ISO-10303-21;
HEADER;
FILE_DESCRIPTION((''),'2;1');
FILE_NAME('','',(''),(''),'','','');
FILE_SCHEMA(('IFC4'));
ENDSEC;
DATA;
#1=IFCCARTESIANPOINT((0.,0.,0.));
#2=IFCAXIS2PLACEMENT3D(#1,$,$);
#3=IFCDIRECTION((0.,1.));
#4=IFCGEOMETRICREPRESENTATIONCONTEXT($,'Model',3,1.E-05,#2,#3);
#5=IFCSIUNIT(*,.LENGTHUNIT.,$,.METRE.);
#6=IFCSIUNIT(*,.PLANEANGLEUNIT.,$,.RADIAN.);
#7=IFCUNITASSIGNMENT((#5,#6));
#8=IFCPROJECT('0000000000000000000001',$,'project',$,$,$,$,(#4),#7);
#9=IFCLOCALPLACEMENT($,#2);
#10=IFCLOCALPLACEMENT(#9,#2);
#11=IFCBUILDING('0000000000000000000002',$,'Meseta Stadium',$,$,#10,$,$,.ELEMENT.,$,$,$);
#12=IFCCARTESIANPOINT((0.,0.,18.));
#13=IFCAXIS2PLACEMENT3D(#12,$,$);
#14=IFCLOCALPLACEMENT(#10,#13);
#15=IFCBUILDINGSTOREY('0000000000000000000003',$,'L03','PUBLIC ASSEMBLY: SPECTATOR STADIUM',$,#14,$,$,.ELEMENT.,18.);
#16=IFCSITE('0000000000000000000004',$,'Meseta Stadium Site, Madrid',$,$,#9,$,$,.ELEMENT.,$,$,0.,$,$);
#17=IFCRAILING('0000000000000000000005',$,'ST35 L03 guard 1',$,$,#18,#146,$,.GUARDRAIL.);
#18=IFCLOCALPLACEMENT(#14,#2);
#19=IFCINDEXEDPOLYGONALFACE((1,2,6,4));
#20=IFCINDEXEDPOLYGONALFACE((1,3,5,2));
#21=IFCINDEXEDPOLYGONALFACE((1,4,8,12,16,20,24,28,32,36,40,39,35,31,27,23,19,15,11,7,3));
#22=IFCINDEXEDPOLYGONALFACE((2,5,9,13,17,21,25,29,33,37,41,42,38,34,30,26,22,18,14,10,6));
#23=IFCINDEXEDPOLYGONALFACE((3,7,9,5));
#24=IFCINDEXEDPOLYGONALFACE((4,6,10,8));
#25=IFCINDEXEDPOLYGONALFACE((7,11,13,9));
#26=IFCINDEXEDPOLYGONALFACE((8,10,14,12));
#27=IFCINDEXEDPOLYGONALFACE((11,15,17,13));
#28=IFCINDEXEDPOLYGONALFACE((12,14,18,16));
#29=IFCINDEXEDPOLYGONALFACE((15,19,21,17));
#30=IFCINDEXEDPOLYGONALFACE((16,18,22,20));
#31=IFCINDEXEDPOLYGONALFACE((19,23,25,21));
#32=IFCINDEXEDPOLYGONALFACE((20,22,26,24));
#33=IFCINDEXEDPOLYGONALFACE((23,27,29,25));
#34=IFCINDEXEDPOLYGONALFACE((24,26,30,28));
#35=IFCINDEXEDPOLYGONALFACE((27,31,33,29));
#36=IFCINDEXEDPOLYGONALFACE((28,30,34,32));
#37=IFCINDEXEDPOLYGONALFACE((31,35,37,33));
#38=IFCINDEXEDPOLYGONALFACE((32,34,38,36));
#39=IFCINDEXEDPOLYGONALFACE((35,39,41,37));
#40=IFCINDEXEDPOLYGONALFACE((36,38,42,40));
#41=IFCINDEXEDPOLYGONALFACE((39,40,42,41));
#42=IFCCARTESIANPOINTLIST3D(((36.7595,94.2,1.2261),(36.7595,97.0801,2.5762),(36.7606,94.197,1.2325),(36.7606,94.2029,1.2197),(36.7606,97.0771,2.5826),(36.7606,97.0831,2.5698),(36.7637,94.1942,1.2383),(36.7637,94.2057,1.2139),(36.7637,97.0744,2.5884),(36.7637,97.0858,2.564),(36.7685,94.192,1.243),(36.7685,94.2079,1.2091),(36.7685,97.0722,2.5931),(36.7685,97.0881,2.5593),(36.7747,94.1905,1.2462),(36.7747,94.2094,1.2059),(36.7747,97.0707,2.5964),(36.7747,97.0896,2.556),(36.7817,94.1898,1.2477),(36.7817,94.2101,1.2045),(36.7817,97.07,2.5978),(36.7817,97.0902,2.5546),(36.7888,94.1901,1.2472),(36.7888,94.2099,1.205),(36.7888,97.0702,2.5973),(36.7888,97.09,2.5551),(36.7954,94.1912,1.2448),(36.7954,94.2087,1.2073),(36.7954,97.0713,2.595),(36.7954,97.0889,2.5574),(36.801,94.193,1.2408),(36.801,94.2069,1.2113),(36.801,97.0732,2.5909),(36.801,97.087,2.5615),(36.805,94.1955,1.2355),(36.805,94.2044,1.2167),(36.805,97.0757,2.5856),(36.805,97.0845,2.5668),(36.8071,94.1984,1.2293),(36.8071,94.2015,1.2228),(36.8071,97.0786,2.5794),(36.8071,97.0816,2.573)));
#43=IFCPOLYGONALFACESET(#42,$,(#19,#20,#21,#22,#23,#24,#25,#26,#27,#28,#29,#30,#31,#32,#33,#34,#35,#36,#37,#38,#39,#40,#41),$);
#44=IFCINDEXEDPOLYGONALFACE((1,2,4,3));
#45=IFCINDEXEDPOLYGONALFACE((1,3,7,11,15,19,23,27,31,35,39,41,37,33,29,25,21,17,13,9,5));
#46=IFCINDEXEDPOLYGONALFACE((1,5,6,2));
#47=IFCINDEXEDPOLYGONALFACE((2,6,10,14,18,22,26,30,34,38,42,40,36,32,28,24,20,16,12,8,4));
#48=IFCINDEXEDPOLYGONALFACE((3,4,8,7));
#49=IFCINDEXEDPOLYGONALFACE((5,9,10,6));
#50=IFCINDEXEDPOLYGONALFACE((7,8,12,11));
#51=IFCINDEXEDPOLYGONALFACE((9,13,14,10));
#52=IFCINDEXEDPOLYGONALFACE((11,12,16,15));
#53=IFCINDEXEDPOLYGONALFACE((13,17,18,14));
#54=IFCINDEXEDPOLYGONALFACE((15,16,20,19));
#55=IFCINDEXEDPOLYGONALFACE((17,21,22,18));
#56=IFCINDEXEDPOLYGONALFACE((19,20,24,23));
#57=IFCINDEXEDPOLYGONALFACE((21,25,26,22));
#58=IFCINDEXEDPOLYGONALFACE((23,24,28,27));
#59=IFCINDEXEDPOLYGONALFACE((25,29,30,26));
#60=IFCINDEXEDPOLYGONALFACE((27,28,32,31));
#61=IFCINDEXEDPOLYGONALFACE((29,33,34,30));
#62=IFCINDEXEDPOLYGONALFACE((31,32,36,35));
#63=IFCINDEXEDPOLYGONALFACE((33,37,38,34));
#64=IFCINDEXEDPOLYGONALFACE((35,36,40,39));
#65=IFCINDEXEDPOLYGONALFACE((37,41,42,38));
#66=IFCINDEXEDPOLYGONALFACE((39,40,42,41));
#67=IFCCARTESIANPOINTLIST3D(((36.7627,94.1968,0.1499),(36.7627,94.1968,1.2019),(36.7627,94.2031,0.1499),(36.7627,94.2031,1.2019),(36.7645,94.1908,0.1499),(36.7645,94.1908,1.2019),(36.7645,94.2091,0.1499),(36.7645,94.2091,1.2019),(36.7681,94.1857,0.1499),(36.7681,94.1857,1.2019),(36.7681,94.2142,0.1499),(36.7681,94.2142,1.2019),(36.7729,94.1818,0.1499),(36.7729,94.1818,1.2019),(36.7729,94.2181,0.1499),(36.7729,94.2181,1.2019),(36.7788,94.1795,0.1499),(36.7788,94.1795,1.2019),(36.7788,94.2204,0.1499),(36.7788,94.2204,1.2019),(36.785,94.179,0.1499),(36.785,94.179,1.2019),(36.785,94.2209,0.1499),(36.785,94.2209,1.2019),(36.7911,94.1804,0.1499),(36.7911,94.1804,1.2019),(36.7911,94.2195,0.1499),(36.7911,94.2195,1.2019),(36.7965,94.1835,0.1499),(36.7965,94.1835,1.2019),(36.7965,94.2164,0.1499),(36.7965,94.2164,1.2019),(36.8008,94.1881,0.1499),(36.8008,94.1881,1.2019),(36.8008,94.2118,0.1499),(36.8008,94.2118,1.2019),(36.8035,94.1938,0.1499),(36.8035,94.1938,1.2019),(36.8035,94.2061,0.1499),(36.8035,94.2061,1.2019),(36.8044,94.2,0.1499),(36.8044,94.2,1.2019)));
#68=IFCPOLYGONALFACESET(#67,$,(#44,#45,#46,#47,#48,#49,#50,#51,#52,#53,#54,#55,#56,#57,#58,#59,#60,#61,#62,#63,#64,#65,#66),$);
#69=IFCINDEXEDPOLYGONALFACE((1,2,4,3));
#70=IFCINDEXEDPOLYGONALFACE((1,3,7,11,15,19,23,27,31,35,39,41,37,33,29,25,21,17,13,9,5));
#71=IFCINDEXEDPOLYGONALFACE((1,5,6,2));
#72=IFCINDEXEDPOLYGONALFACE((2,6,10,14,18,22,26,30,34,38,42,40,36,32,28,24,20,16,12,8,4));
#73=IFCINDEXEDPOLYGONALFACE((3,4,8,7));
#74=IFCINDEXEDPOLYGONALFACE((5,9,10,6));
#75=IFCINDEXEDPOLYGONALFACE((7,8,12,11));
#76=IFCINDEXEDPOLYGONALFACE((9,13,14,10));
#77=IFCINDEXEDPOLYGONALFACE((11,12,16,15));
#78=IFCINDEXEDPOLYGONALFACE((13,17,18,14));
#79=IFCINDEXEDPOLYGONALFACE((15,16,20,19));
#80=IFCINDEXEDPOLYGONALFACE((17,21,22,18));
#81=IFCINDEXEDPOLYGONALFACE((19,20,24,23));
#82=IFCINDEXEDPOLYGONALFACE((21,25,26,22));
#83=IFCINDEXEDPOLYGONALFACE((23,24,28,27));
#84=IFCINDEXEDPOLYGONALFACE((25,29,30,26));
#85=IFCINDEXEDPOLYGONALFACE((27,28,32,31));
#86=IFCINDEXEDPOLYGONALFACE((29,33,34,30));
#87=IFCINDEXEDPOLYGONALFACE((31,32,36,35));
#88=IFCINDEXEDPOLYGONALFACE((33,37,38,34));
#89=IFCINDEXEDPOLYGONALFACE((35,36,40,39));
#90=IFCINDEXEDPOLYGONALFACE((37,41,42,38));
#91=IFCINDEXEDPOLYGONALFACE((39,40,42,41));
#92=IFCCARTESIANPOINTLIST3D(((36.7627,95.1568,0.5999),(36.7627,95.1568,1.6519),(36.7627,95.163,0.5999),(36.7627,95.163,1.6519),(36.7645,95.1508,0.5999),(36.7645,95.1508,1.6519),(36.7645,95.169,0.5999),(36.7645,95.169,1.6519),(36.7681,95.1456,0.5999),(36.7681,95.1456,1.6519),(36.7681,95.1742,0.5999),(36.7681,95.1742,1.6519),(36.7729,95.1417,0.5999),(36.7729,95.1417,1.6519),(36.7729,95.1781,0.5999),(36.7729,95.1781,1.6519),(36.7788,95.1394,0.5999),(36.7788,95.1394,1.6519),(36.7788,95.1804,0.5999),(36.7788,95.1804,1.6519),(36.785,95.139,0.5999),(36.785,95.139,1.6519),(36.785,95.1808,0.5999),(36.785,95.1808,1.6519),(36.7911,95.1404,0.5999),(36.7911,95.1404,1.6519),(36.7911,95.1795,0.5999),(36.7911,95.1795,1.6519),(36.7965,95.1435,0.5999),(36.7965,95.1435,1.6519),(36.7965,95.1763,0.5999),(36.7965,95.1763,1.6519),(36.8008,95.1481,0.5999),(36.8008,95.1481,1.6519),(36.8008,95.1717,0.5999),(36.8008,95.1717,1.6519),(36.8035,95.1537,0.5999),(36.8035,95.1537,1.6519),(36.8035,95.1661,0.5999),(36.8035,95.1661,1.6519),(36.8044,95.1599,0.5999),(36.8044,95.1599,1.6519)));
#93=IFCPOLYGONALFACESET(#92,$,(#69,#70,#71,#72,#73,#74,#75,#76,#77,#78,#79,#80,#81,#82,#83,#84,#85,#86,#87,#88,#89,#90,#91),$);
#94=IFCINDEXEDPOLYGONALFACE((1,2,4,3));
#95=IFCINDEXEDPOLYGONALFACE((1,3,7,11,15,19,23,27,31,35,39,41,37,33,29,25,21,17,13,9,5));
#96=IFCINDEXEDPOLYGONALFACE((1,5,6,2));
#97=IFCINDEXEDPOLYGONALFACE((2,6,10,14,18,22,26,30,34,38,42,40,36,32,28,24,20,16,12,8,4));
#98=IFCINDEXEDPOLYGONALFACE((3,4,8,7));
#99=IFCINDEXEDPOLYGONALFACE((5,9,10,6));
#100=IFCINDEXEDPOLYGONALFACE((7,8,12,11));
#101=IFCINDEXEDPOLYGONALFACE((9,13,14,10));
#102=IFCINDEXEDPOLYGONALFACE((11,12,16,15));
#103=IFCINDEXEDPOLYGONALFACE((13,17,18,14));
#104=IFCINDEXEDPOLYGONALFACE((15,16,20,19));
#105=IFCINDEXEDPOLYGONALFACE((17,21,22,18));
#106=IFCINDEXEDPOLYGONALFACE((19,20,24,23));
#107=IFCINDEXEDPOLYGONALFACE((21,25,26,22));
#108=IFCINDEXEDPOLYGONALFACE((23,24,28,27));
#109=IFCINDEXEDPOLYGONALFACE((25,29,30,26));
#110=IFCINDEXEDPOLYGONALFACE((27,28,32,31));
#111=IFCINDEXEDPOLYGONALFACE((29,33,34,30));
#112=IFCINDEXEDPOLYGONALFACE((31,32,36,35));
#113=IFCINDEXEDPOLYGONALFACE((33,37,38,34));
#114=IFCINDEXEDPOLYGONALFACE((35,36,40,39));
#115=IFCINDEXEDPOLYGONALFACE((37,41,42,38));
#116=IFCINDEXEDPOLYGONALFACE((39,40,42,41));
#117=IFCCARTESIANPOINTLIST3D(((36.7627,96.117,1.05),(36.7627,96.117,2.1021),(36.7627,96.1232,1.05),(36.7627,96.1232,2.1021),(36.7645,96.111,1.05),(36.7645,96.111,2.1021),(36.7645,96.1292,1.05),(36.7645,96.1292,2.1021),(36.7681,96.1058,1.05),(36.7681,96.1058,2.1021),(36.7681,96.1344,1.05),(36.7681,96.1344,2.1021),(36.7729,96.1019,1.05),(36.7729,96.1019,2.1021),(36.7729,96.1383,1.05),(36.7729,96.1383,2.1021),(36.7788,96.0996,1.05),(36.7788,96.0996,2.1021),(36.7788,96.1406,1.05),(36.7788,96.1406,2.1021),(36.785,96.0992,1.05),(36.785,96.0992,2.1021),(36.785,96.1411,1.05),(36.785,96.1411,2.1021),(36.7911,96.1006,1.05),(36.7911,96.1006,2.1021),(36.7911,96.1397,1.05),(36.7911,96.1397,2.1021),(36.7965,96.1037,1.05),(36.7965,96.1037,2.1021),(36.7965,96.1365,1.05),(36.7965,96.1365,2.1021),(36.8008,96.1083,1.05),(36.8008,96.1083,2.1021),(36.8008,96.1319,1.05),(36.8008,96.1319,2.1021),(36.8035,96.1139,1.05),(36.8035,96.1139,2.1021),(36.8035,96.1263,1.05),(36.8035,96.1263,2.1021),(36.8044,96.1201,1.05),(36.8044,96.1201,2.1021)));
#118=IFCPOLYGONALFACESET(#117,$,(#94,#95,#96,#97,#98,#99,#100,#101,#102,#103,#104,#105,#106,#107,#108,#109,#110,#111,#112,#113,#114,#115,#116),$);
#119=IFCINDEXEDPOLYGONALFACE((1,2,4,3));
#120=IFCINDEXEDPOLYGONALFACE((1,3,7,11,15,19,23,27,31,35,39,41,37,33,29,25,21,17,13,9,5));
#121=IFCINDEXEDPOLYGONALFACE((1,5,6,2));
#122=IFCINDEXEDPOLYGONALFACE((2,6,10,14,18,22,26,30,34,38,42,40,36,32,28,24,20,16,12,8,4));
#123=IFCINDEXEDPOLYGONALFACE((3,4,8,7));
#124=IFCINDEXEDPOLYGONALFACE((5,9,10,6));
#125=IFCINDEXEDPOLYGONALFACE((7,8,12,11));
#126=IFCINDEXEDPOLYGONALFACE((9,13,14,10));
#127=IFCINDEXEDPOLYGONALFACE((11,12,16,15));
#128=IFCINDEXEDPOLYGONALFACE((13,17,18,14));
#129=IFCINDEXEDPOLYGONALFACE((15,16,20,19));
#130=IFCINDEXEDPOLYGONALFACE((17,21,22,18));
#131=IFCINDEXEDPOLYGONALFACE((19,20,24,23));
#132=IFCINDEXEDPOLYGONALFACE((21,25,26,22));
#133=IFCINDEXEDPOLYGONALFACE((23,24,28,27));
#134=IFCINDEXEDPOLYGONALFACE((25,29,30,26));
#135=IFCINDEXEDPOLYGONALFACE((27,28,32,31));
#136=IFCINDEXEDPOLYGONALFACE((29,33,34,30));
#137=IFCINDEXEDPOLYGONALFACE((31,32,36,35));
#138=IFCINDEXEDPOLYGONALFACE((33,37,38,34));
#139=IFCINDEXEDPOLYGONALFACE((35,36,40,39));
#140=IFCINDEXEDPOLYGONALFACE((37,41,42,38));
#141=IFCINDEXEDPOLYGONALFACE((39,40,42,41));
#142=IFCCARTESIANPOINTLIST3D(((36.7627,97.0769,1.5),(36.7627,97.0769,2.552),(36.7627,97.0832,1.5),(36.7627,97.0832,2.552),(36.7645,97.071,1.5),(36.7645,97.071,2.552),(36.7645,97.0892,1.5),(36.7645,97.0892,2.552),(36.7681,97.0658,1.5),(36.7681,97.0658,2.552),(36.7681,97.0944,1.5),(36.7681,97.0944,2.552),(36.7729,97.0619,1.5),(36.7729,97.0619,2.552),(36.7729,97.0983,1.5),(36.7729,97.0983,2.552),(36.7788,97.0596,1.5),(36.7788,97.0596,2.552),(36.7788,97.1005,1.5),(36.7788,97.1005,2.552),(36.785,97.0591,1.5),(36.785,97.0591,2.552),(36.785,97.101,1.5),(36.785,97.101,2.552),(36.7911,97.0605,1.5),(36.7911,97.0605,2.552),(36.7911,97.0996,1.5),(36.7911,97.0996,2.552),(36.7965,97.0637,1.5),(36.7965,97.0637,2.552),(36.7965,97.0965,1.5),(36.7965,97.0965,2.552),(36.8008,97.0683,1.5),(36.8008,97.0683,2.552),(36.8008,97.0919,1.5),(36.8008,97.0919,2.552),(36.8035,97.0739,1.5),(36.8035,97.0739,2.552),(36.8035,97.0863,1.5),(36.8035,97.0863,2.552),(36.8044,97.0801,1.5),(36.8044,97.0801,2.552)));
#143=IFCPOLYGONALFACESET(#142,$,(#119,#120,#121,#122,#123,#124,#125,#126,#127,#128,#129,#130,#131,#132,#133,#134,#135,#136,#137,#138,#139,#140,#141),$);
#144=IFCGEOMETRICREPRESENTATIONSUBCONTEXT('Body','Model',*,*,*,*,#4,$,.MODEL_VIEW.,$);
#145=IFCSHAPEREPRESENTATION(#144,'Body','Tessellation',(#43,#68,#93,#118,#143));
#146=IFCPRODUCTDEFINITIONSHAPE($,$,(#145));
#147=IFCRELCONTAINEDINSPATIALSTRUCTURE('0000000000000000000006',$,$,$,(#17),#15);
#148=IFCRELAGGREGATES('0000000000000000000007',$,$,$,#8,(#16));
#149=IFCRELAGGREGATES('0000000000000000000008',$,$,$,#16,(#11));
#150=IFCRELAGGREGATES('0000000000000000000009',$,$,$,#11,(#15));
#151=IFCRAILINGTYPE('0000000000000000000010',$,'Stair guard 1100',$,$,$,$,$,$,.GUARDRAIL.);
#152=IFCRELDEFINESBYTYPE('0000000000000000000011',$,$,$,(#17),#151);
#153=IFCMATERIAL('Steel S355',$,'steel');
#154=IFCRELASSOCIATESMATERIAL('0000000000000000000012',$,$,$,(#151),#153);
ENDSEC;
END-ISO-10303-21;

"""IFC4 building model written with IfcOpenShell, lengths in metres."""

from ifc_helpers import new_model, si_unit, direction, frame, origin, origin_2d, place, context, subcontext, project, spatial, circle, extrude, material, type_object, element, save


model = new_model("IFC4")

# Units and contexts
model_context = context("Model", 3, precision=1e-05, world=origin(), true_north=direction((0.0, 1.0)))
body_context = subcontext(model_context, "Body", "Model", "MODEL_VIEW")
ifc_project = project(units=[si_unit("LENGTHUNIT", "METRE"), si_unit("PLANEANGLEUNIT", "RADIAN")], contexts=[model_context])

# Site, building, storey
site_placement = place(None, origin())
site = spatial("IfcSite", under=ifc_project, at=site_placement, Name="Meseta Stadium Site, Madrid", CompositionType="ELEMENT", RefElevation=0.0)
building_placement = place(site_placement, origin())
building = spatial("IfcBuilding", under=site, at=building_placement, Name="Meseta Stadium", CompositionType="ELEMENT")
storey_placement = place(building_placement, frame((0.0, 0.0, 18.0)))
storey = spatial("IfcBuildingStorey", under=building, at=storey_placement, Name="L03", Description="PUBLIC ASSEMBLY: SPECTATOR STADIUM", CompositionType="ELEMENT", Elevation=18.0)

# Railing
ifc_material_1 = material(Name="Steel S355", Category="steel")
railing_type_1 = type_object("IfcRailingType", Name="Stair guard 1100", PredefinedType="GUARDRAIL", material=ifc_material_1)
railing_1_placement = place(storey_placement, frame((36.7834, 94.2, 0.1499)))
element("IfcRailing", 1, at=railing_1_placement, inside=storey, type_object=railing_type_1, Name="ST35 L03 guard 1", PredefinedType="GUARDRAIL", context=body_context, shape_type="SweptSolid", body=[
    extrude(circle(Radius=0.0239, at=origin_2d()), frame((0.0, 0.0, 1.0762), z_axis=(0.0, 0.905454, 0.424444), x_axis=(-1.0, 0.0, 0.0)), (0.0, 0.0, 1.0), 3.1809),
    extrude(circle(Radius=0.021, at=origin_2d()), origin(), (0.0, 0.0, 1.0), 1.052),
    extrude(circle(Radius=0.021, at=origin_2d()), frame((0.0, 0.96, 0.45)), (0.0, 0.0, 1.0), 1.052),
    extrude(circle(Radius=0.021, at=origin_2d()), frame((0.0, 1.9202, 0.9001)), (0.0, 0.0, 1.0), 1.052),
    extrude(circle(Radius=0.021, at=origin_2d()), frame((0.0, 2.8801, 1.3501)), (0.0, 0.0, 1.0), 1.052),
])

save(model, "model.ifc")
